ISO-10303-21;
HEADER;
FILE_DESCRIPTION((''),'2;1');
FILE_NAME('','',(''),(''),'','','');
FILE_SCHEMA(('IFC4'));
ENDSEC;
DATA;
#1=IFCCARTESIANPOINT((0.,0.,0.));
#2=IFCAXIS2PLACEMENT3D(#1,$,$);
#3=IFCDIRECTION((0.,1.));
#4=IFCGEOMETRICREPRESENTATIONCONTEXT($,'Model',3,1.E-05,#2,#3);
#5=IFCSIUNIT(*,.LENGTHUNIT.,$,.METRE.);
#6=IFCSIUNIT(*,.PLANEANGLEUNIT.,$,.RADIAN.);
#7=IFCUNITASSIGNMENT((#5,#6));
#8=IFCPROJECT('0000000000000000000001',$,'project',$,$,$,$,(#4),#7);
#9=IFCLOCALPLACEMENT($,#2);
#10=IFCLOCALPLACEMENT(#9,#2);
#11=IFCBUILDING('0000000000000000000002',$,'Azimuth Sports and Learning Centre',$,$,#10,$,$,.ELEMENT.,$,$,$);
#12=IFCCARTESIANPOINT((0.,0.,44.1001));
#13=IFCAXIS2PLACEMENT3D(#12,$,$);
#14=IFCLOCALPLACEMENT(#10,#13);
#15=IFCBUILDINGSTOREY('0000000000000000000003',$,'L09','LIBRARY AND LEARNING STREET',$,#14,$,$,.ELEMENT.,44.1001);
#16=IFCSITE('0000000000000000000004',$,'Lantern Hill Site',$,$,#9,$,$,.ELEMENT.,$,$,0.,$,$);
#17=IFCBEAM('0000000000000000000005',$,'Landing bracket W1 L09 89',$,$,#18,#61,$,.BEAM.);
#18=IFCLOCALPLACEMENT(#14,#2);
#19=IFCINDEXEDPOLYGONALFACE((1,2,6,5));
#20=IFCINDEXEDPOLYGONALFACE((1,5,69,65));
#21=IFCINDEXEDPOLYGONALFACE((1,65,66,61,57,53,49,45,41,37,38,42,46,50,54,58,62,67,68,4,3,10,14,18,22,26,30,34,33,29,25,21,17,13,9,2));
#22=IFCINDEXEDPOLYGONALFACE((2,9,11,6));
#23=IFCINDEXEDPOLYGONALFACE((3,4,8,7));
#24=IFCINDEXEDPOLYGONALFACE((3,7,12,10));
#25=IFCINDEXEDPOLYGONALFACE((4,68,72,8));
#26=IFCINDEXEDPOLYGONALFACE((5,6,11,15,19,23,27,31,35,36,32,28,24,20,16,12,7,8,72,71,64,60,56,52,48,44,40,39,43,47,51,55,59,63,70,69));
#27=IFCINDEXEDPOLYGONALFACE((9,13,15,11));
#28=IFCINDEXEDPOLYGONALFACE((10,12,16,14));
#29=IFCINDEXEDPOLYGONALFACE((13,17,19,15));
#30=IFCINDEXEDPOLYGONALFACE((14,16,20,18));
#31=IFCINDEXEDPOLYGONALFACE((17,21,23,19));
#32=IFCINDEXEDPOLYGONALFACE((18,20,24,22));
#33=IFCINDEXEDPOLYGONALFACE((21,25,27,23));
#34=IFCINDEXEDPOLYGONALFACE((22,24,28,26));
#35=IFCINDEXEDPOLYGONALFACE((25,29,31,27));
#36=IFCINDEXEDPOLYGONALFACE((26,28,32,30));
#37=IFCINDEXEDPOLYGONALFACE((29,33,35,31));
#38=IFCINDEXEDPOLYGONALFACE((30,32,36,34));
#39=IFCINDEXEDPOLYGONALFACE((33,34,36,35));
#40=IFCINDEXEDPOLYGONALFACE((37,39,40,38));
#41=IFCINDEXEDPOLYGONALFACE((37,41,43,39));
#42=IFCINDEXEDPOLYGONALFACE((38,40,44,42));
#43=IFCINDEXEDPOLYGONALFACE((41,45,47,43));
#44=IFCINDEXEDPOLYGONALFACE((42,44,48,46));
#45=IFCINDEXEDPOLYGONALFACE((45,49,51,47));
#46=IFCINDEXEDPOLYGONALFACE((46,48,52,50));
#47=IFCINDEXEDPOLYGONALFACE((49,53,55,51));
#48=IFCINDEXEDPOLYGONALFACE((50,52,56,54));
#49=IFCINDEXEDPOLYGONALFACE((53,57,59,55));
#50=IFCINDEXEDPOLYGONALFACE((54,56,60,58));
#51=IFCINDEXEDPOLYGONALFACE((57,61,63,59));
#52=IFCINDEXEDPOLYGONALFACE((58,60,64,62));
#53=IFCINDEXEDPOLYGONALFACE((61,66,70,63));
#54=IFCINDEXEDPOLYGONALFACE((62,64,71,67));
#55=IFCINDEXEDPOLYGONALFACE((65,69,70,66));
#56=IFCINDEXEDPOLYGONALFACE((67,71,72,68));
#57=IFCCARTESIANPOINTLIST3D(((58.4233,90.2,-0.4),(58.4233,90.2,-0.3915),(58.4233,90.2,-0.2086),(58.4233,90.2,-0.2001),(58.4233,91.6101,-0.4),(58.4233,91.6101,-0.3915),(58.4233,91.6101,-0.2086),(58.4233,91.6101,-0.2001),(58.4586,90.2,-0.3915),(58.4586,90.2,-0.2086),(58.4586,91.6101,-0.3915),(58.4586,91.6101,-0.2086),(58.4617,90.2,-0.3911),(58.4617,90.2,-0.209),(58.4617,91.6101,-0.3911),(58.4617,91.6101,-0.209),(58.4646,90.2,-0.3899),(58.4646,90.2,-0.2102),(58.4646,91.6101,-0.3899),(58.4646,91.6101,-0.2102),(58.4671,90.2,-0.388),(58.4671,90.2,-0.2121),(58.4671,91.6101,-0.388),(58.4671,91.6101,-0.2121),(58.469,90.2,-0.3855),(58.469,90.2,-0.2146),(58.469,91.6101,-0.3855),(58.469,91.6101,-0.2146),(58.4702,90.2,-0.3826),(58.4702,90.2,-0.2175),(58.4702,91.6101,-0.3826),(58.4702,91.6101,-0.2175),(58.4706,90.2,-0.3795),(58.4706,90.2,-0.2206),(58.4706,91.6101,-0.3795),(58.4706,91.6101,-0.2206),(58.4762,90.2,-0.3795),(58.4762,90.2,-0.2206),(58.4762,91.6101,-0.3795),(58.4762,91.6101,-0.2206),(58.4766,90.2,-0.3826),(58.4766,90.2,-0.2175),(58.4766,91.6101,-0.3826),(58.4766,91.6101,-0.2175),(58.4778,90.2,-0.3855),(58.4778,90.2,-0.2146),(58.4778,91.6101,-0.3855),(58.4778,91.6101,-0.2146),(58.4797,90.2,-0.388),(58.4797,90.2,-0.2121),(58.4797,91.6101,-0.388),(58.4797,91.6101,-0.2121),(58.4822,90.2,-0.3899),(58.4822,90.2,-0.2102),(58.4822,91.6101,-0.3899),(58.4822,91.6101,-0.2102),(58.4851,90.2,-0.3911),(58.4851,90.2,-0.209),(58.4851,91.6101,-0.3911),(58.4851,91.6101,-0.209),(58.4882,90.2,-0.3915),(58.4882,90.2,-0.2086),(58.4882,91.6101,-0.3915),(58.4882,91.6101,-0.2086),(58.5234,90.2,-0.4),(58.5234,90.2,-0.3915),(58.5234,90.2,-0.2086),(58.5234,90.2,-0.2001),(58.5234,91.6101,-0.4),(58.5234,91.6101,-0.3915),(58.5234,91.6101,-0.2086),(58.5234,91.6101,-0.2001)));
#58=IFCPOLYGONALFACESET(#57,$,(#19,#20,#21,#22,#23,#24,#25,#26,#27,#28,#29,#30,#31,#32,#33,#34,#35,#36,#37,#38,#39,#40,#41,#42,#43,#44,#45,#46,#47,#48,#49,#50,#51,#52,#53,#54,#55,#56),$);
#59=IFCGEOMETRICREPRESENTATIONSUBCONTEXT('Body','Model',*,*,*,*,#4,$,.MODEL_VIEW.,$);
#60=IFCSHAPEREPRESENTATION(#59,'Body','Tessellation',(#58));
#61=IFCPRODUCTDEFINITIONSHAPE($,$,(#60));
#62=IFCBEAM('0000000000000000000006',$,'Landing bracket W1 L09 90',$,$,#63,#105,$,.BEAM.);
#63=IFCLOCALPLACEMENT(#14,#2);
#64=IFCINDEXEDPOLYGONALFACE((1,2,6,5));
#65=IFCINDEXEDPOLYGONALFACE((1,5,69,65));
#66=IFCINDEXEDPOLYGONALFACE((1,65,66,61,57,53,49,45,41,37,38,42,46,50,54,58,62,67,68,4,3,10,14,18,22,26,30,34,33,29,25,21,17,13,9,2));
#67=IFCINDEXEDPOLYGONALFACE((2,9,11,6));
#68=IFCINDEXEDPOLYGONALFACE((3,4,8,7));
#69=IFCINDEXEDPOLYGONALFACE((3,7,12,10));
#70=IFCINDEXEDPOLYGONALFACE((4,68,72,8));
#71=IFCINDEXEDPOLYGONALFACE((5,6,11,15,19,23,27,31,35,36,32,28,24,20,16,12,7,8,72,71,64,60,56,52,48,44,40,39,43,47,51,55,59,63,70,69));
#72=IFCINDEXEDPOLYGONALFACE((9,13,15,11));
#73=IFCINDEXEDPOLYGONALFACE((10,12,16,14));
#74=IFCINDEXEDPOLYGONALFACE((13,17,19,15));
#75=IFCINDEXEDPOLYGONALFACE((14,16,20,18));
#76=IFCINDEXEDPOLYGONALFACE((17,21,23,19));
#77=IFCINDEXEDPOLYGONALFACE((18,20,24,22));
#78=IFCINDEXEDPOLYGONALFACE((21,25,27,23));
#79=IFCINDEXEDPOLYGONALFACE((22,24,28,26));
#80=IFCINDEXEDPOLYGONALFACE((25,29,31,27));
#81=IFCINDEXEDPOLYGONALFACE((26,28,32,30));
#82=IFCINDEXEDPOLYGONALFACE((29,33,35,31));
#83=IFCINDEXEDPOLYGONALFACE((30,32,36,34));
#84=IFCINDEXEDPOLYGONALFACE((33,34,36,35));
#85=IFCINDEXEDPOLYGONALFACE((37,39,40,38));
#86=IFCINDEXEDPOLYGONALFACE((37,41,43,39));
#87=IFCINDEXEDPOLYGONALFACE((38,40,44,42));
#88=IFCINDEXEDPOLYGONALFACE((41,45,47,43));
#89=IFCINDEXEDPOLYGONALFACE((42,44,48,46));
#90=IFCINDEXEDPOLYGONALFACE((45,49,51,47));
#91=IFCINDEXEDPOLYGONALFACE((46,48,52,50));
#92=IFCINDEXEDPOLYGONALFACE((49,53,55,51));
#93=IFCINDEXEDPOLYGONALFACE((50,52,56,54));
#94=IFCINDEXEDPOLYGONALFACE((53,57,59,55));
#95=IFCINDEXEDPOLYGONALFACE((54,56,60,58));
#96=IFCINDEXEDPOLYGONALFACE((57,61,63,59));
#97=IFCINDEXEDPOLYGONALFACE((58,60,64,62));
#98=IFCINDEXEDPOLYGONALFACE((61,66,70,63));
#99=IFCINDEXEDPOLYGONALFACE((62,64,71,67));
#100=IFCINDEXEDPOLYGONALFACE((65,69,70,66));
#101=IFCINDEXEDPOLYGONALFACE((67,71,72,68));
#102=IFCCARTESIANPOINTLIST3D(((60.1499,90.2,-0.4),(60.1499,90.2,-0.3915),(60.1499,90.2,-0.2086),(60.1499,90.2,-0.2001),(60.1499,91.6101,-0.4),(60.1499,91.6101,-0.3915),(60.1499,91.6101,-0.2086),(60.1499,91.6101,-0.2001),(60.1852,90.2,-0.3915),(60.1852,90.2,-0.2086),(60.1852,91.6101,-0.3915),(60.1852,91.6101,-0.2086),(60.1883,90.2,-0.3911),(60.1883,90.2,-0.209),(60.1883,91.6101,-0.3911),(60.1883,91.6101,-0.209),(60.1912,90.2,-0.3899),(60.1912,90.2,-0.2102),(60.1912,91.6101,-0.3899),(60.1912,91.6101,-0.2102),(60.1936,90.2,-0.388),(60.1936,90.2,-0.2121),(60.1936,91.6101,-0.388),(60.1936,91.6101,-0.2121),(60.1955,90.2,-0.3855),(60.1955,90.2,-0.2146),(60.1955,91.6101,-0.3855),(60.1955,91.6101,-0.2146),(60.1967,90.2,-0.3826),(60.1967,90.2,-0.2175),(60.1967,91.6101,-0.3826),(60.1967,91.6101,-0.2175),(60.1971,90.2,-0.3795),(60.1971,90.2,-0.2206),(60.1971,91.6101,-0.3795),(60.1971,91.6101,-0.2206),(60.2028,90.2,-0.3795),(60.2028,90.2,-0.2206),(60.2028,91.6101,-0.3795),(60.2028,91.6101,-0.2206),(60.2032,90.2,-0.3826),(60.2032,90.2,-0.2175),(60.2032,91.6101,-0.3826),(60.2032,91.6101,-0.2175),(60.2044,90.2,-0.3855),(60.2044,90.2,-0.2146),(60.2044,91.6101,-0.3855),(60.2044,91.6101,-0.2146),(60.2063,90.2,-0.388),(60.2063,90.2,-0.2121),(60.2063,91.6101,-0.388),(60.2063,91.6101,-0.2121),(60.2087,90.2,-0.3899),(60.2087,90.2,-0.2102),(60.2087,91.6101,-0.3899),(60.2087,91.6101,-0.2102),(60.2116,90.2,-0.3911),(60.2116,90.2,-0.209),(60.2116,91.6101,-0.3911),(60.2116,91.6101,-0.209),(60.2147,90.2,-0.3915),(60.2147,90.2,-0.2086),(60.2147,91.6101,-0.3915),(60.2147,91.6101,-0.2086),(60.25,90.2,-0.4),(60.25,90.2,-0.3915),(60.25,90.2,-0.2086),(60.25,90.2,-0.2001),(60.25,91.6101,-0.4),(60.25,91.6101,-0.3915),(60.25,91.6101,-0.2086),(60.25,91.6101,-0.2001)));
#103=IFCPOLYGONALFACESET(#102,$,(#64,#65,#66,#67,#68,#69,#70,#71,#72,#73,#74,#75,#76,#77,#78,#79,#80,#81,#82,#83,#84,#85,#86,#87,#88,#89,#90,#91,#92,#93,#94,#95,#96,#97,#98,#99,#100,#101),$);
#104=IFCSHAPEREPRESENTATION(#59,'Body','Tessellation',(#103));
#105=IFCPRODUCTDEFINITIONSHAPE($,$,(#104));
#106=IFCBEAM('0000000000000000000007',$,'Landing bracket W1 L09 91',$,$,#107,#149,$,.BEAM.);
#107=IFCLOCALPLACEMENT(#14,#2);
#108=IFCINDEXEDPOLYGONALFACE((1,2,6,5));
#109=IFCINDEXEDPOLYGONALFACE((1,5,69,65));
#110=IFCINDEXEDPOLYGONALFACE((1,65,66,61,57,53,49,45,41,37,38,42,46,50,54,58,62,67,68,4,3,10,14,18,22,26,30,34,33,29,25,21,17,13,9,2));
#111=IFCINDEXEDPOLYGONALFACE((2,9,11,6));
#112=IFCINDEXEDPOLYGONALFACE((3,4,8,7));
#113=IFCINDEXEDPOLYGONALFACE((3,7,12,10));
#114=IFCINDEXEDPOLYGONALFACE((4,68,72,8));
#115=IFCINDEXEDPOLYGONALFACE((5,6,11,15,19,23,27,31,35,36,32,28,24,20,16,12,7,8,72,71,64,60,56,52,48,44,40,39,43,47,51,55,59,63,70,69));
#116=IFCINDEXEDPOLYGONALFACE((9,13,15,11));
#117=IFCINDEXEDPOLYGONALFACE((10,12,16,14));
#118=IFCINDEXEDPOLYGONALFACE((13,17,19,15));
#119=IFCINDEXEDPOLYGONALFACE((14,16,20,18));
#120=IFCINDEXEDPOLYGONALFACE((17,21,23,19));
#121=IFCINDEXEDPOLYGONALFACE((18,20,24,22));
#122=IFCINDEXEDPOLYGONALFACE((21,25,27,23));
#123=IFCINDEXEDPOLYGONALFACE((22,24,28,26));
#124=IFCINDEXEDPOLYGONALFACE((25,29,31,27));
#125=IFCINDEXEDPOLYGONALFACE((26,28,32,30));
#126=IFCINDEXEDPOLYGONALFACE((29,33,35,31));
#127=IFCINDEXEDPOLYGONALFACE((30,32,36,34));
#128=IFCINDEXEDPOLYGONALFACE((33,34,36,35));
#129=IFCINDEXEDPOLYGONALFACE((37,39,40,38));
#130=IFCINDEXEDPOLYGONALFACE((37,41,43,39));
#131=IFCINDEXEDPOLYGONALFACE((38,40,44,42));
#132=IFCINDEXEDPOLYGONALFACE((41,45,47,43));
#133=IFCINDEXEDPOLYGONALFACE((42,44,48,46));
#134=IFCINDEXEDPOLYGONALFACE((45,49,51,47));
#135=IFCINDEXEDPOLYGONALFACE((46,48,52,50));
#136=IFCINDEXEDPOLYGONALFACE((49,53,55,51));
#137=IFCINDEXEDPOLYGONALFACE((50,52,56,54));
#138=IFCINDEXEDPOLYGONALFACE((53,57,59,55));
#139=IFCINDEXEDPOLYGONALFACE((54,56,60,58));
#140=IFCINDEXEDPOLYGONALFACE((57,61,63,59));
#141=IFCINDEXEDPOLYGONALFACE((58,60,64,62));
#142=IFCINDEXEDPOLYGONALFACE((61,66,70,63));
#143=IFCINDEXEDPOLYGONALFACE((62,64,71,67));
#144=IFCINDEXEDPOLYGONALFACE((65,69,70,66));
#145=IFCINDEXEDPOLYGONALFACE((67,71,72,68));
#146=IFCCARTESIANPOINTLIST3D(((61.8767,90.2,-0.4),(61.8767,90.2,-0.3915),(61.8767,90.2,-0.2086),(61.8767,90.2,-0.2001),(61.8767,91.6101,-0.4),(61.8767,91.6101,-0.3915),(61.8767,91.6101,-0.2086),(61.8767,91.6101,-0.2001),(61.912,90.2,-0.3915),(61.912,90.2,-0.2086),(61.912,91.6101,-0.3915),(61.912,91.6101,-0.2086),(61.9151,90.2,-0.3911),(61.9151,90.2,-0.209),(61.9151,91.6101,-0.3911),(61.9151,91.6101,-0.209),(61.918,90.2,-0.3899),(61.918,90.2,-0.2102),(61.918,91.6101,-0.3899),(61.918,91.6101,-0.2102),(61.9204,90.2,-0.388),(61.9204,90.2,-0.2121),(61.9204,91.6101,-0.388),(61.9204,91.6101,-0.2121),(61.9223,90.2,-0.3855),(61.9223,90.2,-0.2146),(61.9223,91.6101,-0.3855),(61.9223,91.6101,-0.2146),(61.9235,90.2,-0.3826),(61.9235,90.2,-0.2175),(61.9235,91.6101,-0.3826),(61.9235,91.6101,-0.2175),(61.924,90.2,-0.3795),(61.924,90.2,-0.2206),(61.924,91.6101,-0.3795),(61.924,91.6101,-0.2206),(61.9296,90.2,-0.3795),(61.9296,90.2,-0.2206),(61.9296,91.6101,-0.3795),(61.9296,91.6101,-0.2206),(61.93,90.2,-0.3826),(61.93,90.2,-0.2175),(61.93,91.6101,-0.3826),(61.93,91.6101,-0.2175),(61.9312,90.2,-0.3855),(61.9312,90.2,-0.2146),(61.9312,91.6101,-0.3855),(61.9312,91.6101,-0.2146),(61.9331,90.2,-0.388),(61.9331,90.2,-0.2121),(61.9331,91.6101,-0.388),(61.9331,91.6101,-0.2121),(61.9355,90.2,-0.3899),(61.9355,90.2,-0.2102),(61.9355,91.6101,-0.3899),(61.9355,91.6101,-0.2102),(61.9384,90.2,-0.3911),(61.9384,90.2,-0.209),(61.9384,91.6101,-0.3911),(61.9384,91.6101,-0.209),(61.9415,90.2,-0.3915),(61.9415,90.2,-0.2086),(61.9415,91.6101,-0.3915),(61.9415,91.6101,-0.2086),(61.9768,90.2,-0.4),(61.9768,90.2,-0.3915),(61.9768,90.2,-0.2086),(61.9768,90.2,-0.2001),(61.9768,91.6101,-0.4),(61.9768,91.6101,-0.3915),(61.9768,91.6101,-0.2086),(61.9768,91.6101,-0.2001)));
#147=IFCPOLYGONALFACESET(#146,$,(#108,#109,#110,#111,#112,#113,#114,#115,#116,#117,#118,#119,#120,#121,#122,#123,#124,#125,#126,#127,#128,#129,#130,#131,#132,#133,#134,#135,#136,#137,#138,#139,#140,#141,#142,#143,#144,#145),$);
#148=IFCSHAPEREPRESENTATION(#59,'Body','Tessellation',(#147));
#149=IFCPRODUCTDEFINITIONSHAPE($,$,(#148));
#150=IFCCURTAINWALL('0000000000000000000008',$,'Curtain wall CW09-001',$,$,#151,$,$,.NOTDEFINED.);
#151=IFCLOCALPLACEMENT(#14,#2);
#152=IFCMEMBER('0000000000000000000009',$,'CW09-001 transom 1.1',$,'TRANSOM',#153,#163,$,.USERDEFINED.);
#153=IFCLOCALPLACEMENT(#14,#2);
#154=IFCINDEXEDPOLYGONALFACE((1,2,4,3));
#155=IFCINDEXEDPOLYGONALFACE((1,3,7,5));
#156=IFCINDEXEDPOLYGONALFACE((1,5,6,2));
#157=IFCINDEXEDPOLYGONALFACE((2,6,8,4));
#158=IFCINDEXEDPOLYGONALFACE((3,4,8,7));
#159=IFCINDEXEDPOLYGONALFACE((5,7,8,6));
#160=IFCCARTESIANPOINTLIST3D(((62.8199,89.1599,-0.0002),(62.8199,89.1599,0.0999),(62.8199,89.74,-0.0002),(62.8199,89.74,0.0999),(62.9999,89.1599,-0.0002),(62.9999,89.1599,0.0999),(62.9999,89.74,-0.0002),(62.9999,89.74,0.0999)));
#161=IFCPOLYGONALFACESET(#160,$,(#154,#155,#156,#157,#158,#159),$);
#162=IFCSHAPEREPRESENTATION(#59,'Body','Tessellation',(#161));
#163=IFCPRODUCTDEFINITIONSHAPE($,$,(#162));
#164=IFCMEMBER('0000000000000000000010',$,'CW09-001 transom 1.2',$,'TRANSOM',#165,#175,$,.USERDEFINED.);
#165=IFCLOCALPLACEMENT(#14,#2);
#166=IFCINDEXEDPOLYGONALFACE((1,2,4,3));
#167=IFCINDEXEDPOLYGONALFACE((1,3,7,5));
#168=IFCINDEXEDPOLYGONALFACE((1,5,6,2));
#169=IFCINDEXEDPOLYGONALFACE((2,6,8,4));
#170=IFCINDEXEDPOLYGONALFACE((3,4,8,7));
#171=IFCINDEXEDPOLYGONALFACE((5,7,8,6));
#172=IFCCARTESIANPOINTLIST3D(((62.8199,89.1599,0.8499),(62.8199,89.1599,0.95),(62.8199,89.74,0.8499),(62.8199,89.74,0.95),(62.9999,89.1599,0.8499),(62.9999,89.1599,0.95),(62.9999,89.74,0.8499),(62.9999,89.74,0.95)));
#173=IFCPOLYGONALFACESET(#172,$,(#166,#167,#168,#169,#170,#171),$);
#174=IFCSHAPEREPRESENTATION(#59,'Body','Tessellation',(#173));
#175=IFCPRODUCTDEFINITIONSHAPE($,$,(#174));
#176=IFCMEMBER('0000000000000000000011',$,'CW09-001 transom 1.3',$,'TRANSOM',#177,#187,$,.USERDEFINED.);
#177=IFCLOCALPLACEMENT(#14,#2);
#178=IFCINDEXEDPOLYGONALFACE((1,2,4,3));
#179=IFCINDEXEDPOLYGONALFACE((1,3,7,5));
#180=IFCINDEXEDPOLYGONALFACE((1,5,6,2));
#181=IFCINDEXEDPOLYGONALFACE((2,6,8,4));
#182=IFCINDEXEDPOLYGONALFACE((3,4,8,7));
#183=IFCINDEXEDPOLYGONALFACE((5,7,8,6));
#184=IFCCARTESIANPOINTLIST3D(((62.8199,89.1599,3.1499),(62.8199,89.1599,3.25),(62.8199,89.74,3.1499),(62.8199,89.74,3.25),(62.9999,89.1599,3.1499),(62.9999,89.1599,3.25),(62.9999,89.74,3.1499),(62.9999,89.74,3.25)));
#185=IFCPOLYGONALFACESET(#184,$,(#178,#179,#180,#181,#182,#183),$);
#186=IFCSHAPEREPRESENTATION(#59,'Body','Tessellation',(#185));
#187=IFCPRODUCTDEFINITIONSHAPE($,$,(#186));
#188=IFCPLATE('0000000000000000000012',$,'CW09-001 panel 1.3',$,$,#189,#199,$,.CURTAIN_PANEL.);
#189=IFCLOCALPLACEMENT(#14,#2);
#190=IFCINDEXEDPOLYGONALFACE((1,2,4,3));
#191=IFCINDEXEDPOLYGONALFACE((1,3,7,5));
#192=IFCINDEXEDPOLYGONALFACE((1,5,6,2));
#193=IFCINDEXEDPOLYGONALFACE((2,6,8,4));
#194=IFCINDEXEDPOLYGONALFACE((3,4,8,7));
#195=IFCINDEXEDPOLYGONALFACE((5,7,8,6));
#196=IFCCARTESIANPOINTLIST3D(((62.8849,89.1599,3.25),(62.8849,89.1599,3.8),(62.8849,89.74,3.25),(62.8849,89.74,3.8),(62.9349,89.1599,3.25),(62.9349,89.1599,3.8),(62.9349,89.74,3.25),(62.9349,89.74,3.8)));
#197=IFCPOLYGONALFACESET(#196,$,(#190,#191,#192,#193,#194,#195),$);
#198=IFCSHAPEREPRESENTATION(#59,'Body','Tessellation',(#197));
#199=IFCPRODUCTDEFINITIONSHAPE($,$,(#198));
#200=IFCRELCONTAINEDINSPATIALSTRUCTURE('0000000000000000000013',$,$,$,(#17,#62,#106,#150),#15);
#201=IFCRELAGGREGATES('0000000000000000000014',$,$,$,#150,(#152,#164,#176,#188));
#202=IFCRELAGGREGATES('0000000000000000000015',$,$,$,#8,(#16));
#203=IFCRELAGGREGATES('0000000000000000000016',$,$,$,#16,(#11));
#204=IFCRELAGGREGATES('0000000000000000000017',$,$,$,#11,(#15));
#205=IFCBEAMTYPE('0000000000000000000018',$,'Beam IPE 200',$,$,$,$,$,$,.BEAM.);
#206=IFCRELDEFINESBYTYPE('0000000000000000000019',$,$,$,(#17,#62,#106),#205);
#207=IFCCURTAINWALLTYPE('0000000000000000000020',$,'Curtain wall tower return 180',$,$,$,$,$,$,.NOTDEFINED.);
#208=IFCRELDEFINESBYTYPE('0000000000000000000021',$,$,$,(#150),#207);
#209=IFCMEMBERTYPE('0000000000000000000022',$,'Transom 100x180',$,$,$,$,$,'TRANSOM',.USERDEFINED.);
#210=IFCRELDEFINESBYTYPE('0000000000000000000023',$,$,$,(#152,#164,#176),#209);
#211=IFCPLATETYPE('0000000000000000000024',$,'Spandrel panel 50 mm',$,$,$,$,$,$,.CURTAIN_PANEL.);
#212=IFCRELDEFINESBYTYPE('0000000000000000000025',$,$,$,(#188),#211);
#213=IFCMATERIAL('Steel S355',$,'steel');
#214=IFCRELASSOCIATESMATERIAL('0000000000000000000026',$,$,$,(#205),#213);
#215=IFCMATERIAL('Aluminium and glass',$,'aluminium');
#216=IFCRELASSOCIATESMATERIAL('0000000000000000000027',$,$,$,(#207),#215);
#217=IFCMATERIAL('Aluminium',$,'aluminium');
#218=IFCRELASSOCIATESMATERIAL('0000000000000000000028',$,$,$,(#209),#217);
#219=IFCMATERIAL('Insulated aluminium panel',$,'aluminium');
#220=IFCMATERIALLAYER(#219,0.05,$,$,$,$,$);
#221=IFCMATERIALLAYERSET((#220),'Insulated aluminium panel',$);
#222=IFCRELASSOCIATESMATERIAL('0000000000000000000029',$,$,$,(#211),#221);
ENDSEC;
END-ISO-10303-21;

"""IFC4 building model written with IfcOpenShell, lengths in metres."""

from ifc_helpers import new_model, si_unit, direction, frame, origin, origin_2d, place, context, subcontext, project, spatial, rectangle, i_section, extrude, material, layer, layer_set, material_profile, profile_set, type_object, element, aggregate, save


model = new_model("IFC4")

# Units and contexts
model_context = context("Model", 3, precision=1e-05, world=origin(), true_north=direction((0.0, 1.0)))
body_context = subcontext(model_context, "Body", "Model", "MODEL_VIEW")
ifc_project = project(units=[si_unit("LENGTHUNIT", "METRE"), si_unit("PLANEANGLEUNIT", "RADIAN")], contexts=[model_context])

# Site, building, storey
site_placement = place(None, origin())
site = spatial("IfcSite", under=ifc_project, at=site_placement, Name="Lantern Hill Site", CompositionType="ELEMENT", RefElevation=0.0)
building_placement = place(site_placement, origin())
building = spatial("IfcBuilding", under=site, at=building_placement, Name="Azimuth Sports and Learning Centre", CompositionType="ELEMENT")
storey_placement = place(building_placement, frame((0.0, 0.0, 44.1001)))
storey = spatial("IfcBuildingStorey", under=building, at=storey_placement, Name="L09", Description="LIBRARY AND LEARNING STREET", CompositionType="ELEMENT", Elevation=44.1001)

# Beams
ifc_material_1 = material(Name="Steel S355", Category="steel")
ifc_material_profile_1 = material_profile(ifc_material_1, i_section(OverallWidth=0.1001, OverallDepth=0.2, WebThickness=0.0056, FlangeThickness=0.0085, FilletRadius=0.012, at=origin_2d()), Name="IPE 200")
ifc_profile_set_1 = profile_set([ifc_material_profile_1], Name="Steel S355")
beam_type = type_object("IfcBeamType", Name="Beam IPE 200", PredefinedType="BEAM", material=ifc_profile_set_1)
for number, where, z_axis, x_axis, name in (
    (1, (58.4734, 90.2, -0.3), (0.0, 1.0, 0.0), (-1.0, 0.0, 0.0), "Landing bracket W1 L09 89"),
    (2, (60.2, 90.2, -0.3), (0.0, 1.0, 0.0), (-1.0, 0.0, 0.0), "Landing bracket W1 L09 90"),
    (3, (61.9268, 90.2, -0.3), (0.0, 1.0, 0.0), (-1.0, 0.0, 0.0), "Landing bracket W1 L09 91"),
):
    element("IfcBeam", number, at=place(storey_placement, frame(where, z_axis=z_axis, x_axis=x_axis)), inside=storey, type_object=beam_type, Name=name, PredefinedType="BEAM", context=body_context, shape_type="SweptSolid", body=[
        extrude(i_section(OverallWidth=0.1001, OverallDepth=0.2, WebThickness=0.0056, FlangeThickness=0.0085, FilletRadius=0.012, at=origin_2d()), origin(), (0.0, 0.0, 1.0), 1.4102),
    ])

# Curtain wall, members, plate
ifc_material_2 = material(Name="Aluminium and glass", Category="aluminium")
curtain_wall_type = type_object("IfcCurtainWallType", Name="Curtain wall tower return 180", PredefinedType="NOTDEFINED", material=ifc_material_2)
curtain_wall_placement = place(storey_placement, origin())
curtain_wall = element("IfcCurtainWall", 4, at=curtain_wall_placement, inside=storey, type_object=curtain_wall_type, Name="Curtain wall CW09-001", PredefinedType="NOTDEFINED")
ifc_material_3 = material(Name="Aluminium", Category="aluminium")
ifc_material_profile_2 = material_profile(ifc_material_3, rectangle(XDim=0.1799, YDim=0.1001, at=origin_2d()), Name="Transom 100x180")
ifc_profile_set_2 = profile_set([ifc_material_profile_2], Name="Aluminium")
member_type = type_object("IfcMemberType", Name="Transom 100x180", ElementType="TRANSOM", PredefinedType="USERDEFINED", material=ifc_profile_set_2)
member_1_placement = place(storey_placement, frame((62.9099, 89.74, 0.0498), z_axis=(0.0, -1.0, 0.0), x_axis=(1.0, 0.0, 0.0)))
member_1 = element("IfcMember", 5, at=member_1_placement, type_object=member_type, Name="CW09-001 transom 1.1", ObjectType="TRANSOM", PredefinedType="USERDEFINED", context=body_context, shape_type="SweptSolid", body=[
    extrude(rectangle(XDim=0.1799, YDim=0.1001, at=origin_2d()), origin(), (0.0, 0.0, 1.0), 0.5801),
])
member_2_placement = place(storey_placement, frame((62.9099, 89.74, 0.8999), z_axis=(0.0, -1.0, 0.0), x_axis=(1.0, 0.0, 0.0)))
member_2 = element("IfcMember", 6, at=member_2_placement, type_object=member_type, Name="CW09-001 transom 1.2", ObjectType="TRANSOM", PredefinedType="USERDEFINED", context=body_context, shape_type="SweptSolid", body=[
    extrude(rectangle(XDim=0.1799, YDim=0.1001, at=origin_2d()), origin(), (0.0, 0.0, 1.0), 0.5801),
])
member_3_placement = place(storey_placement, frame((62.9099, 89.74, 3.2), z_axis=(0.0, -1.0, 0.0), x_axis=(1.0, 0.0, 0.0)))
member_3 = element("IfcMember", 7, at=member_3_placement, type_object=member_type, Name="CW09-001 transom 1.3", ObjectType="TRANSOM", PredefinedType="USERDEFINED", context=body_context, shape_type="SweptSolid", body=[
    extrude(rectangle(XDim=0.1799, YDim=0.1001, at=origin_2d()), origin(), (0.0, 0.0, 1.0), 0.5801),
])
ifc_material_4 = material(Name="Insulated aluminium panel", Category="aluminium")
ifc_layer_1 = layer(ifc_material_4, 0.05)
ifc_layer_set_1 = layer_set([ifc_layer_1], Name="Insulated aluminium panel")
plate_type_1 = type_object("IfcPlateType", Name="Spandrel panel 50 mm", PredefinedType="CURTAIN_PANEL", material=ifc_layer_set_1)
plate_1_placement = place(storey_placement, frame((62.9099, 89.45, 3.25), z_axis=(0.0, 0.0, 1.0), x_axis=(0.0, -1.0, 0.0)))
plate_1 = element("IfcPlate", 8, at=plate_1_placement, type_object=plate_type_1, Name="CW09-001 panel 1.3", PredefinedType="CURTAIN_PANEL", context=body_context, shape_type="SweptSolid", body=[
    extrude(rectangle(XDim=0.5801, YDim=0.05, at=origin_2d()), origin(), (0.0, 0.0, 1.0), 0.55),
])
aggregate(curtain_wall, [member_1, member_2, member_3, plate_1])

save(model, "model.ifc")
